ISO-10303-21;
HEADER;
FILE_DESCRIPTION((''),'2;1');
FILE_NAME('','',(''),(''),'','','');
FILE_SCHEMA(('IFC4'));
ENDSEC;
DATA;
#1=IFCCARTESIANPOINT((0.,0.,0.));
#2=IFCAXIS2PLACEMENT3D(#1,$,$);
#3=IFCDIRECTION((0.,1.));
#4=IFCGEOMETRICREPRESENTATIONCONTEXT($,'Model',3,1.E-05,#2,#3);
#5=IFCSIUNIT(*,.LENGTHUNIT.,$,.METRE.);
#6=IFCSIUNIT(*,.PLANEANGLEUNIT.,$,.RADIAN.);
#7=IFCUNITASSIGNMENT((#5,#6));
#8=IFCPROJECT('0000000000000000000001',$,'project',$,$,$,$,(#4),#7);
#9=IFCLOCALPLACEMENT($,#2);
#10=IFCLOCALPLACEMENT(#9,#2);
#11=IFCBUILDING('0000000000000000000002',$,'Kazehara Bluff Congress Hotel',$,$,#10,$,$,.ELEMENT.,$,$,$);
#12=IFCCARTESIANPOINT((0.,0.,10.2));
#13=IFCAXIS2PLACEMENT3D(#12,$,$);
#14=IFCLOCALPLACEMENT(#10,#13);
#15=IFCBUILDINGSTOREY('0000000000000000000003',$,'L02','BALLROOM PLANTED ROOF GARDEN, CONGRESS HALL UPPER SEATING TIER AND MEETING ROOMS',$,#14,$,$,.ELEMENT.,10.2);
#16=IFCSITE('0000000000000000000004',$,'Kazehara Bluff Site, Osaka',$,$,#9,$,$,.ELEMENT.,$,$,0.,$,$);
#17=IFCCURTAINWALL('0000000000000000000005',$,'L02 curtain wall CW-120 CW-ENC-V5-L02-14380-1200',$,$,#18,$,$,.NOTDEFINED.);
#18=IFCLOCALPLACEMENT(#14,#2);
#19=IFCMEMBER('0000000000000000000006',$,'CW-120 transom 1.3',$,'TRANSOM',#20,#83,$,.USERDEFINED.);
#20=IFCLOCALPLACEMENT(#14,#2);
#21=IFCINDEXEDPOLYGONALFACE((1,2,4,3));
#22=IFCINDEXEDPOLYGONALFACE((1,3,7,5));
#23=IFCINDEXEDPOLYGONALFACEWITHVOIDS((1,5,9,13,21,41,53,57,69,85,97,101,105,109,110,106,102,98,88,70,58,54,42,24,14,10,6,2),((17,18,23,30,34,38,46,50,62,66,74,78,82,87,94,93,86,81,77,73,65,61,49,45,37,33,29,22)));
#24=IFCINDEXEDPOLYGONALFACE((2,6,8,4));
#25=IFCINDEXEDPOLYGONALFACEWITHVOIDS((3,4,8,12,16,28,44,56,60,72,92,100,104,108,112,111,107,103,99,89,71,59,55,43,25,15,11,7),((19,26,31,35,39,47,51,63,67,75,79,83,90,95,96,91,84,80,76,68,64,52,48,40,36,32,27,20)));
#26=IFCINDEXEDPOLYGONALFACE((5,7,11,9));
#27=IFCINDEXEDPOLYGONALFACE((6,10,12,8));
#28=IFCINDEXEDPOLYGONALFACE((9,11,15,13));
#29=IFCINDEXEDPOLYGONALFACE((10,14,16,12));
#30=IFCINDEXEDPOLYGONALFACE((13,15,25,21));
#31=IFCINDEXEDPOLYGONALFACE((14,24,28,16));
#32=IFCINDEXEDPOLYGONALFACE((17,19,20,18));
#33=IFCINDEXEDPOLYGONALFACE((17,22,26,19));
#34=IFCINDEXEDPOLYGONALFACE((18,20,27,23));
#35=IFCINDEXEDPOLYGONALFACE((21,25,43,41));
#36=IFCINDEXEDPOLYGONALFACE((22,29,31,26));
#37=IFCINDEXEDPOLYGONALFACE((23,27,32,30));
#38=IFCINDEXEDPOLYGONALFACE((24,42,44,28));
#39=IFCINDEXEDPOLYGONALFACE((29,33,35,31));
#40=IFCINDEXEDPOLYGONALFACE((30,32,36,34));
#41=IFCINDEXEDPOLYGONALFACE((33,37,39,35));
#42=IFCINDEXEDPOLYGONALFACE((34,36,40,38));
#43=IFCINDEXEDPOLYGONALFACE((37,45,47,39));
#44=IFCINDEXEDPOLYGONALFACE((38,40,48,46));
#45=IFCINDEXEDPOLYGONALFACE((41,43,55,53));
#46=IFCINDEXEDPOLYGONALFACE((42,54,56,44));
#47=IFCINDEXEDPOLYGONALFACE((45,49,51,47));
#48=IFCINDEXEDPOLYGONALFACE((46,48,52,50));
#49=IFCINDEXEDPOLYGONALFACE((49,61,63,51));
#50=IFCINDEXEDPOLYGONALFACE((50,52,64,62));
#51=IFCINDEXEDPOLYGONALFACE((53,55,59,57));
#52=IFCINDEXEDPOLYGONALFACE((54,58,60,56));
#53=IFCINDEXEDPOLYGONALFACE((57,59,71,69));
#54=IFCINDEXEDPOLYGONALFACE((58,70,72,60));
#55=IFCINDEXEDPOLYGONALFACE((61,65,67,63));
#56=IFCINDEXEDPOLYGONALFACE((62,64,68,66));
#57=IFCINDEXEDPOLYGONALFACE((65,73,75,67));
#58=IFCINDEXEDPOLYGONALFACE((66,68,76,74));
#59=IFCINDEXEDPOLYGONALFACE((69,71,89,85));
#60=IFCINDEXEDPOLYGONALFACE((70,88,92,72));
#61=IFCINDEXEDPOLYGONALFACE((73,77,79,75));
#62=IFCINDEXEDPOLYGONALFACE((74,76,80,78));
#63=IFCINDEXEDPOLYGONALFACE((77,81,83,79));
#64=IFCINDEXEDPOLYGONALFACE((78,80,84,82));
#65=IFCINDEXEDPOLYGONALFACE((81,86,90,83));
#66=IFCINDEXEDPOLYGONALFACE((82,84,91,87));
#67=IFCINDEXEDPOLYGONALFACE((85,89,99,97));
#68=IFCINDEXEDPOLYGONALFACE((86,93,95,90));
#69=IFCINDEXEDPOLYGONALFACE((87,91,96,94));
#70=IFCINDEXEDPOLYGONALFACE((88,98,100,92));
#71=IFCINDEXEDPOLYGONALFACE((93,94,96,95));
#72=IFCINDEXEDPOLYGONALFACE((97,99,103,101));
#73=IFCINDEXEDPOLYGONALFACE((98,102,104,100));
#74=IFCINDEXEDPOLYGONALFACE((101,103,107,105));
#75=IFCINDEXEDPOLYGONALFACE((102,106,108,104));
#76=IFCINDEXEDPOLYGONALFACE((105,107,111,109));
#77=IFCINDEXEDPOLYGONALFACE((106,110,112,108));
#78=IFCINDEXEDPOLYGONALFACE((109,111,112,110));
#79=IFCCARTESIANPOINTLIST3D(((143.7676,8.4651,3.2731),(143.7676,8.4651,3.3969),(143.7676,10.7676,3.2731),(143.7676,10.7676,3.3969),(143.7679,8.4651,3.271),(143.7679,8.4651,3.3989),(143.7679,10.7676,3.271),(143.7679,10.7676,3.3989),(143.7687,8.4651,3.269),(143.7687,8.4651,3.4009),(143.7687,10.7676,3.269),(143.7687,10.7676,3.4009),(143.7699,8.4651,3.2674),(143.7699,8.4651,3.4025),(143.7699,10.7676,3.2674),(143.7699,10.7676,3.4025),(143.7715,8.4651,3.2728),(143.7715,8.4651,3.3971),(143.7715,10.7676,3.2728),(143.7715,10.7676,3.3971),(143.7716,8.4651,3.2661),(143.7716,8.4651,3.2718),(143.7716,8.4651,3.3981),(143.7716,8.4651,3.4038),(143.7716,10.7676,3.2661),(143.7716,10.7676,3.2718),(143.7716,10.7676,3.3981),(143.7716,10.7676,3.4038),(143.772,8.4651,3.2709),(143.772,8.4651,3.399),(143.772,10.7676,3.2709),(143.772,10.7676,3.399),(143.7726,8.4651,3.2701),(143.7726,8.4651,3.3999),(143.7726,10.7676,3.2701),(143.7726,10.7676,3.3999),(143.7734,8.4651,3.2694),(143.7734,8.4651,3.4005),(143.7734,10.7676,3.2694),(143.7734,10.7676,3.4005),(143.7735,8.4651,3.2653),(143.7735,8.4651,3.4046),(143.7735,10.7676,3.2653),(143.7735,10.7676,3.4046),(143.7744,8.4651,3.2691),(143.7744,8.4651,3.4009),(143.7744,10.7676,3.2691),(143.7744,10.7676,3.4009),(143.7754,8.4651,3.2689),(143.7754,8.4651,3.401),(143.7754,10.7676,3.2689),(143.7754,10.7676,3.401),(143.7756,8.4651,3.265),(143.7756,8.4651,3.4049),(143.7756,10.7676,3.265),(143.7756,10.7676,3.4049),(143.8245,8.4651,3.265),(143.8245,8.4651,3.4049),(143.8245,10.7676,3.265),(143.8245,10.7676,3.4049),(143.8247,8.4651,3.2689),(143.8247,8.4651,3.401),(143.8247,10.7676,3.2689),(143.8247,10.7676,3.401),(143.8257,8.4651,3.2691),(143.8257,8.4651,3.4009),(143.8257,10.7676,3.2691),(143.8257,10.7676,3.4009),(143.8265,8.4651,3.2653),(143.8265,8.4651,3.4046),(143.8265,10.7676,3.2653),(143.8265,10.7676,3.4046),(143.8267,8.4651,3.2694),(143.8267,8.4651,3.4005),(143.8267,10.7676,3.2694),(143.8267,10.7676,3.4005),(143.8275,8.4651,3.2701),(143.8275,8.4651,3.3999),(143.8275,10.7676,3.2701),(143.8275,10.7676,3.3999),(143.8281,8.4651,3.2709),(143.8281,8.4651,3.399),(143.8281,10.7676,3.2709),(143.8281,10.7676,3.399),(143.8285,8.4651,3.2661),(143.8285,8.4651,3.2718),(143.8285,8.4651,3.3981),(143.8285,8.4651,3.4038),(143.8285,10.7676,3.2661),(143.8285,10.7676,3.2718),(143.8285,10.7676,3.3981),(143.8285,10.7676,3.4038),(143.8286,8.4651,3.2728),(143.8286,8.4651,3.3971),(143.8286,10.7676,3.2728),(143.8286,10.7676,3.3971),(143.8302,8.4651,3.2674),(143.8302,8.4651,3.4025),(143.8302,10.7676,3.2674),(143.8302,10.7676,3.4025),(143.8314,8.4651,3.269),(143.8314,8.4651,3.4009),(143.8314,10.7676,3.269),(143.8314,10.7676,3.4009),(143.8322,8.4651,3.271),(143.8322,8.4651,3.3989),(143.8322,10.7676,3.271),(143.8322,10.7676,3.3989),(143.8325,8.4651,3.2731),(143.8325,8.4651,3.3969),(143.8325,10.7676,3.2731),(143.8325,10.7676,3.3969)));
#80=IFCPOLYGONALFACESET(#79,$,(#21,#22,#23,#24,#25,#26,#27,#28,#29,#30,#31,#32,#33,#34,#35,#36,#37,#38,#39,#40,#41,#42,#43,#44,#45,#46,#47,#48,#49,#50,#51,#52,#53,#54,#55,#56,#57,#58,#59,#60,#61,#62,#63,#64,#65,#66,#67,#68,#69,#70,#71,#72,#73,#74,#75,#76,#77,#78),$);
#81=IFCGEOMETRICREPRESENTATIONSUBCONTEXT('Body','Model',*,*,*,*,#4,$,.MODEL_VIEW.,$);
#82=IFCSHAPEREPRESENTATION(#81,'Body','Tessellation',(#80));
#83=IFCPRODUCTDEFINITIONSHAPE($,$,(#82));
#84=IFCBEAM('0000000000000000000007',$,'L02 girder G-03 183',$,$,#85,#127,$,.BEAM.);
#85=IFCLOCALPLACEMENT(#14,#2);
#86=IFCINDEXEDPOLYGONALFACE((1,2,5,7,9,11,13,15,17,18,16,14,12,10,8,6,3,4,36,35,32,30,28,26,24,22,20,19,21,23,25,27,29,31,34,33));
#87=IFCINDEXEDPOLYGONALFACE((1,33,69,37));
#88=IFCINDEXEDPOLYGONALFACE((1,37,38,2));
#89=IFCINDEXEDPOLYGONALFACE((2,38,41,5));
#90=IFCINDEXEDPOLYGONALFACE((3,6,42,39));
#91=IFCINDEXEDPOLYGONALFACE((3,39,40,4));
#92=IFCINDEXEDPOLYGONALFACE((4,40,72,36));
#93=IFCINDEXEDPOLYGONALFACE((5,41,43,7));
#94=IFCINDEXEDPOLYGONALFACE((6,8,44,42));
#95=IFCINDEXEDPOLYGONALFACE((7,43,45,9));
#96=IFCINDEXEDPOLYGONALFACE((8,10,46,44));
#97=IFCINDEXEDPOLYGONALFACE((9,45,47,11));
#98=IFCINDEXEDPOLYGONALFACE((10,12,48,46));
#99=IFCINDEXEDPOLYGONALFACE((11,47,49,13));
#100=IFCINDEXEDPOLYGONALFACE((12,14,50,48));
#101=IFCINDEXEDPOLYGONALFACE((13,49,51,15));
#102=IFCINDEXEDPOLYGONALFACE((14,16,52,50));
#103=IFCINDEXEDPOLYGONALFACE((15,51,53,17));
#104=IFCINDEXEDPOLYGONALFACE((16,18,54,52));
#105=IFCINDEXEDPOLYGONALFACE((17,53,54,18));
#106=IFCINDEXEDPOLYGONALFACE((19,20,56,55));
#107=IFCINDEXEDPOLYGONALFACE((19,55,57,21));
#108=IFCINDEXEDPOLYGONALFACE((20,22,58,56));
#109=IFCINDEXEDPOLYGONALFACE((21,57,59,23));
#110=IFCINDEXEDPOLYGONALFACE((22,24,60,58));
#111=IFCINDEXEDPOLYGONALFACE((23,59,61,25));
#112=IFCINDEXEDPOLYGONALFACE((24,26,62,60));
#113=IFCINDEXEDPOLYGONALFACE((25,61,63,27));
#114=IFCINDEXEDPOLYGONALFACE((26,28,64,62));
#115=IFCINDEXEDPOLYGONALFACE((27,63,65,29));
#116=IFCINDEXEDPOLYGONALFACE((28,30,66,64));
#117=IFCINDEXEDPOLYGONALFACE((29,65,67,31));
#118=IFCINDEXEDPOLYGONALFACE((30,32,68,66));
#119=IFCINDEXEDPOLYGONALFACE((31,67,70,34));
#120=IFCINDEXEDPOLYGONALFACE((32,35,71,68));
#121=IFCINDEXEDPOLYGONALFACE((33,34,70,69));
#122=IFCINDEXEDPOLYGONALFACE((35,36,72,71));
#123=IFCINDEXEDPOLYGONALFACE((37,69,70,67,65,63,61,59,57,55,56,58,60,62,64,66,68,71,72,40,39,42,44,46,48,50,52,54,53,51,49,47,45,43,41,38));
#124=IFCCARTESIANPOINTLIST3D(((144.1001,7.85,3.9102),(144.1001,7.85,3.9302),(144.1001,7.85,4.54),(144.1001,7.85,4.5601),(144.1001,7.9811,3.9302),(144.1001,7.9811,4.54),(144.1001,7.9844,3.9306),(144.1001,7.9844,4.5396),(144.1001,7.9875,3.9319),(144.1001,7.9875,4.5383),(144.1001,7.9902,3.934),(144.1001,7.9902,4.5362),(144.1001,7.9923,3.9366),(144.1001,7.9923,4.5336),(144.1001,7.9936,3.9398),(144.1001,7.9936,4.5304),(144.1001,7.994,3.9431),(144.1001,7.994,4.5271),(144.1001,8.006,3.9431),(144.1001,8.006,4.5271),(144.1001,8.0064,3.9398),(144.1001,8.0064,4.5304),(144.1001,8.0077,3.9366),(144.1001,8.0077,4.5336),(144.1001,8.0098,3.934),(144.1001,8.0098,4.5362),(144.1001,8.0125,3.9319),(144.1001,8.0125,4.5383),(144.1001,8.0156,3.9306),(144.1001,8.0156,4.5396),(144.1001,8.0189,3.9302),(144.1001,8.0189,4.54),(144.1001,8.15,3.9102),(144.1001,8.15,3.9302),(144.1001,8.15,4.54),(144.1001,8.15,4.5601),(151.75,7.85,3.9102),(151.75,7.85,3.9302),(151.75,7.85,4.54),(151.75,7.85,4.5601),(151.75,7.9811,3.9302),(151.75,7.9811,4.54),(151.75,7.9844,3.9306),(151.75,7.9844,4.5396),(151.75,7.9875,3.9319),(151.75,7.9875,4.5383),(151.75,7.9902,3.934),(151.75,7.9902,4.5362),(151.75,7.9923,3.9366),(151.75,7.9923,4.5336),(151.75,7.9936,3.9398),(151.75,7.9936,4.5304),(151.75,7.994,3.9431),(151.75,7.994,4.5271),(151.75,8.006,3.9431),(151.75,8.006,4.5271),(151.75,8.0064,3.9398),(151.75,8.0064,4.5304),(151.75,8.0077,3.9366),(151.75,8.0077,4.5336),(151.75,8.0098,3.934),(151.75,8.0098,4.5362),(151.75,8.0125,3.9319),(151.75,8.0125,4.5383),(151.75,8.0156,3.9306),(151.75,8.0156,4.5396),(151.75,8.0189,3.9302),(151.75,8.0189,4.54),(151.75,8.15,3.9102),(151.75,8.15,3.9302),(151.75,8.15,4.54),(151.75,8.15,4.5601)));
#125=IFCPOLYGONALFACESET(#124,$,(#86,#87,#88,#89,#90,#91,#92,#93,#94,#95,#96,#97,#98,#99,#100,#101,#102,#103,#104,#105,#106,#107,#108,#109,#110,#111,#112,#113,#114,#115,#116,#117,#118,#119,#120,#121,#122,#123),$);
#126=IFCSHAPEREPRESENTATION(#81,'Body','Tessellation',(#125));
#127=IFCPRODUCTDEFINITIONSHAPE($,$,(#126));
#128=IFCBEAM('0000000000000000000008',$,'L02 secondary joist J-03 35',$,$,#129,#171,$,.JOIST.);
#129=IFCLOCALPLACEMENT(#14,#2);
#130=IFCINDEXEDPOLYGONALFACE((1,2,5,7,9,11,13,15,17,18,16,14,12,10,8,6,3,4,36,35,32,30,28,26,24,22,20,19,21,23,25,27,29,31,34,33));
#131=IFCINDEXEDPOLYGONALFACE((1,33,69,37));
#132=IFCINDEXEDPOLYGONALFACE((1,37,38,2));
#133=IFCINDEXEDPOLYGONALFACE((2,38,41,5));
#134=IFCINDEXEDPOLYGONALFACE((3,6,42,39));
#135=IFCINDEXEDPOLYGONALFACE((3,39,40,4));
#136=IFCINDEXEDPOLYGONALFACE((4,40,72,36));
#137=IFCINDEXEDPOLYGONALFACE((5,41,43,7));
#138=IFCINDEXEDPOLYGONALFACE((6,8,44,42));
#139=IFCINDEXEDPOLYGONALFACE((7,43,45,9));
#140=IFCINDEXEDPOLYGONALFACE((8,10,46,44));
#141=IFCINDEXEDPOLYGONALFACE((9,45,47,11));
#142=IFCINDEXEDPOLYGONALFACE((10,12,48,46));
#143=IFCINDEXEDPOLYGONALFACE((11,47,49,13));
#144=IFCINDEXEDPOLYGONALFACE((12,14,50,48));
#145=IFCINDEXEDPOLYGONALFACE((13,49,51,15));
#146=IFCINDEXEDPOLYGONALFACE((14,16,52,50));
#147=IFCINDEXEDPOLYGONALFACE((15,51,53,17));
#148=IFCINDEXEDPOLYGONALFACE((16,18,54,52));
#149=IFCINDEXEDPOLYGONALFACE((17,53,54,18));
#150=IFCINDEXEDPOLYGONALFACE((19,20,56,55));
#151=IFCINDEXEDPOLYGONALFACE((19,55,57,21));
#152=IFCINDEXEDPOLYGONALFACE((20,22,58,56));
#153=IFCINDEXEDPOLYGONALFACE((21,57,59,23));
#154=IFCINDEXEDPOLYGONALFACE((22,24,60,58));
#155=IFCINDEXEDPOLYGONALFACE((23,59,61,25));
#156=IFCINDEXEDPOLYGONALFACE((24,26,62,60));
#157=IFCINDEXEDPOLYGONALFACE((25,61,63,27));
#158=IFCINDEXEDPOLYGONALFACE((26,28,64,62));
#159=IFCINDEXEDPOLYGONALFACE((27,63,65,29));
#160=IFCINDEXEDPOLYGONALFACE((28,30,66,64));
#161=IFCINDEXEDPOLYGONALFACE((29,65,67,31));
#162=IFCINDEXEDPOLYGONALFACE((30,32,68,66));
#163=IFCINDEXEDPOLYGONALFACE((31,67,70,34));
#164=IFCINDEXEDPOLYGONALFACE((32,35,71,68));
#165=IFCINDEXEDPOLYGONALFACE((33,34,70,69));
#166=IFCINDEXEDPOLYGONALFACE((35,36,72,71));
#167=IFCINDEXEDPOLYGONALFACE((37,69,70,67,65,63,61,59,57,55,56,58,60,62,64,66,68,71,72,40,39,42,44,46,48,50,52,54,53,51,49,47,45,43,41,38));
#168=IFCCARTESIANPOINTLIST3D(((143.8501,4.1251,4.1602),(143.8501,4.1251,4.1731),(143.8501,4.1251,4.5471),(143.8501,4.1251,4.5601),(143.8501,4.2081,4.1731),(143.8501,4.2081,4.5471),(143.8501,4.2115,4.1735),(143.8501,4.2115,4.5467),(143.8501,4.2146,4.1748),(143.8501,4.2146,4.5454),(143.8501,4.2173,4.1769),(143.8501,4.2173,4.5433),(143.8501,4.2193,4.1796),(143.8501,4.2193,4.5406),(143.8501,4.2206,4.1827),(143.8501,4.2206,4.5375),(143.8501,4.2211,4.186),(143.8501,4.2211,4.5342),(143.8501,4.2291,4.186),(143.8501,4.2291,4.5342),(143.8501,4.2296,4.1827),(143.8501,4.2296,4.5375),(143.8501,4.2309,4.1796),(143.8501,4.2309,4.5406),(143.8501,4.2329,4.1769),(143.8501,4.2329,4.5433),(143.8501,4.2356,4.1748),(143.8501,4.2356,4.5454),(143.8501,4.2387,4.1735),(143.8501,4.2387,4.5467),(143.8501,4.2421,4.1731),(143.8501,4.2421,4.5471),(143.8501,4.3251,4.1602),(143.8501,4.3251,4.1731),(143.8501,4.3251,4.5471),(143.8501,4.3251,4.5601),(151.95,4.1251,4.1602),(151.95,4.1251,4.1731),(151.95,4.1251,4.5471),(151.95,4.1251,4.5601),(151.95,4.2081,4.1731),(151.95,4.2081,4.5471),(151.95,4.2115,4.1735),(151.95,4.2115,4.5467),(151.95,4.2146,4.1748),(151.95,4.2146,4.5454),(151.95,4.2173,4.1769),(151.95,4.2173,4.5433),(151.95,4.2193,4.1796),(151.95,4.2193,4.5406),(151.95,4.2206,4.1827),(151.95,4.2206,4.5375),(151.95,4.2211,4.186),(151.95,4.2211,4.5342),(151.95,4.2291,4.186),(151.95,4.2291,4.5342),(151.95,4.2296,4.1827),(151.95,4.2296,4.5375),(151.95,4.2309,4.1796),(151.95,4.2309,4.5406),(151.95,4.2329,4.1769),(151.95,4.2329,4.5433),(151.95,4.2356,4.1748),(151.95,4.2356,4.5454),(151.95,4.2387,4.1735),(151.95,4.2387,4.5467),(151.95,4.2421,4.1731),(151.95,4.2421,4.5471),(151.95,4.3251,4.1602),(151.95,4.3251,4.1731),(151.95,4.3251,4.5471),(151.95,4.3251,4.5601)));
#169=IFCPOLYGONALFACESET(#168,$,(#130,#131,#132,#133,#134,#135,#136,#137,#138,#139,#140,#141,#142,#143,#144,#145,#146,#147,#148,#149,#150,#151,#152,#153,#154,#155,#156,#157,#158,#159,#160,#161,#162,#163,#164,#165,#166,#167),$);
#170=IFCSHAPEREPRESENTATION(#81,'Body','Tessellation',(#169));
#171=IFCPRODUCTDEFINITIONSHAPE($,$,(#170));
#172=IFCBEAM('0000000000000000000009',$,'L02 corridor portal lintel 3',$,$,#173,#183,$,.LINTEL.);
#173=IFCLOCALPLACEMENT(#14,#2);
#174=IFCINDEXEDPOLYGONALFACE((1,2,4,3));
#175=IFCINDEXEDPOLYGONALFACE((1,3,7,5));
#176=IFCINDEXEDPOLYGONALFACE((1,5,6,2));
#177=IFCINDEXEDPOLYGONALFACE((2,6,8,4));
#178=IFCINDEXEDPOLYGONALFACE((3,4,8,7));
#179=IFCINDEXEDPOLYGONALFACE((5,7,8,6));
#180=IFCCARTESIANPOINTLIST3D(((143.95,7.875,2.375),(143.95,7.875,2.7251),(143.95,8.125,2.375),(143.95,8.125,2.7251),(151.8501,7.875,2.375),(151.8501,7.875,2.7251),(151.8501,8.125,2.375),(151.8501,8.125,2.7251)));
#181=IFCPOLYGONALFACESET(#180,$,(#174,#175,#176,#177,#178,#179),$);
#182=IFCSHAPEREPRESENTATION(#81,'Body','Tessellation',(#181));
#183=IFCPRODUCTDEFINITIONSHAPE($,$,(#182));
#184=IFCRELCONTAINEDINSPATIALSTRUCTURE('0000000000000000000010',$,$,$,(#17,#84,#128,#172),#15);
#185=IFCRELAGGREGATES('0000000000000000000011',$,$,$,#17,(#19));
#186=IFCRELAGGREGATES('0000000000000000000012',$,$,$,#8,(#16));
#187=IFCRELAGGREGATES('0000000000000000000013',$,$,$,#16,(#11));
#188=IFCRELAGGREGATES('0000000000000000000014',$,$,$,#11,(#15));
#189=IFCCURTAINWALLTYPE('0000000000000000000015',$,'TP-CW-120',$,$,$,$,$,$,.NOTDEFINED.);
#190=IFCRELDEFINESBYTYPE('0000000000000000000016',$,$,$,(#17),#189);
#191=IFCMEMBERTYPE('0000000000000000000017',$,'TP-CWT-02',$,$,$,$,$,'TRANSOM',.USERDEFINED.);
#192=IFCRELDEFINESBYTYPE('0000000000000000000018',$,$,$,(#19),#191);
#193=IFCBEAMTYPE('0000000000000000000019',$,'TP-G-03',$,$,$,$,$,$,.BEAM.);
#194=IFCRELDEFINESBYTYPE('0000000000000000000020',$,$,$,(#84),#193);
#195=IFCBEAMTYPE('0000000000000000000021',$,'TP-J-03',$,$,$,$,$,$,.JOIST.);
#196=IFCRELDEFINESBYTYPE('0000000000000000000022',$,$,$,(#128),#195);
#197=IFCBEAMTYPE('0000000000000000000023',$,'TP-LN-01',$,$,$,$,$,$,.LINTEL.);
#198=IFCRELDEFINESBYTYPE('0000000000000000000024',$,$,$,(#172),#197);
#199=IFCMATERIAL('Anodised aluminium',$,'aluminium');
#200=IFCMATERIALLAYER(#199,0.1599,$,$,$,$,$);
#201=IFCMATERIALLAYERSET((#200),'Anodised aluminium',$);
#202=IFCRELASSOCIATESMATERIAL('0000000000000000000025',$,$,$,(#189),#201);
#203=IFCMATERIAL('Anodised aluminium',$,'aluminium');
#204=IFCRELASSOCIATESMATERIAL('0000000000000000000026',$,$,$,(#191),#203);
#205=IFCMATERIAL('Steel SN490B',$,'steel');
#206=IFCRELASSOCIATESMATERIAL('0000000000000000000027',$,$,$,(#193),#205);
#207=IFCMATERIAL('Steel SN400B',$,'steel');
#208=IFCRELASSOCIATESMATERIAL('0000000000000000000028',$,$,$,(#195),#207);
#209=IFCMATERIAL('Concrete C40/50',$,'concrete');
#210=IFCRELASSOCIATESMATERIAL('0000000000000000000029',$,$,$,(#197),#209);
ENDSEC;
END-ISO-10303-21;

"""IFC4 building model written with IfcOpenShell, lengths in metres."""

from ifc_helpers import new_model, si_unit, direction, frame, origin, origin_2d, place, context, subcontext, project, spatial, rectangle, hollow_rectangle, i_section, extrude, material, layer, layer_set, material_profile, profile_set, type_object, element, aggregate, save


model = new_model("IFC4")

# Units and contexts
model_context = context("Model", 3, precision=1e-05, world=origin(), true_north=direction((0.0, 1.0)))
body_context = subcontext(model_context, "Body", "Model", "MODEL_VIEW")
ifc_project = project(units=[si_unit("LENGTHUNIT", "METRE"), si_unit("PLANEANGLEUNIT", "RADIAN")], contexts=[model_context])

# Site, building, storey
site_placement = place(None, origin())
site = spatial("IfcSite", under=ifc_project, at=site_placement, Name="Kazehara Bluff Site, Osaka", CompositionType="ELEMENT", RefElevation=0.0)
building_placement = place(site_placement, origin())
building = spatial("IfcBuilding", under=site, at=building_placement, Name="Kazehara Bluff Congress Hotel", CompositionType="ELEMENT")
storey_placement = place(building_placement, frame((0.0, 0.0, 10.2)))
storey = spatial("IfcBuildingStorey", under=building, at=storey_placement, Name="L02", Description="BALLROOM PLANTED ROOF GARDEN, CONGRESS HALL UPPER SEATING TIER AND MEETING ROOMS", CompositionType="ELEMENT", Elevation=10.2)

# Curtain wall
ifc_material_1 = material(Name="Anodised aluminium", Category="aluminium")
ifc_layer_1 = layer(ifc_material_1, 0.1599)
ifc_layer_set_1 = layer_set([ifc_layer_1], Name="Anodised aluminium")
curtain_wall_type_1 = type_object("IfcCurtainWallType", Name="TP-CW-120", PredefinedType="NOTDEFINED", material=ifc_layer_set_1)
curtain_wall_1_placement = place(storey_placement, origin())
curtain_wall_1 = element("IfcCurtainWall", 1, at=curtain_wall_1_placement, inside=storey, type_object=curtain_wall_type_1, Name="L02 curtain wall CW-120 CW-ENC-V5-L02-14380-1200", PredefinedType="NOTDEFINED")

# Member
ifc_material_2 = material(Name="Anodised aluminium", Category="aluminium")
ifc_material_profile_1 = material_profile(ifc_material_2, hollow_rectangle(XDim=0.0649, YDim=0.1399, WallThickness=0.0039, InnerFilletRadius=0.0039, OuterFilletRadius=0.0081, at=origin_2d()))
ifc_profile_set_1 = profile_set([ifc_material_profile_1], Name="Anodised aluminium")
member_type_1 = type_object("IfcMemberType", Name="TP-CWT-02", ElementType="TRANSOM", PredefinedType="USERDEFINED", material=ifc_profile_set_1)
member_1_placement = place(storey_placement, frame((143.8, 8.4651, 3.335), z_axis=(0.0, 1.0, 0.0), x_axis=(-1.0, 0.0, 0.0)))
member_1 = element("IfcMember", 2, at=member_1_placement, type_object=member_type_1, Name="CW-120 transom 1.3", ObjectType="TRANSOM", PredefinedType="USERDEFINED", context=body_context, shape_type="SweptSolid", body=[
    extrude(hollow_rectangle(XDim=0.0649, YDim=0.1399, WallThickness=0.0039, InnerFilletRadius=0.0039, OuterFilletRadius=0.0081, at=origin_2d()), origin(), (0.0, 0.0, 1.0), 2.3025),
])
aggregate(curtain_wall_1, [member_1])

# Beams
ifc_material_3 = material(Name="Steel SN490B", Category="steel")
ifc_material_profile_2 = material_profile(ifc_material_3, i_section(OverallWidth=0.3, OverallDepth=0.6499, WebThickness=0.012, FlangeThickness=0.02, FilletRadius=0.0129, at=origin_2d()))
ifc_profile_set_2 = profile_set([ifc_material_profile_2], Name="Steel SN490B")
beam_type_1 = type_object("IfcBeamType", Name="TP-G-03", PredefinedType="BEAM", material=ifc_profile_set_2)
beam_1_placement = place(storey_placement, frame((144.1001, 8.0, 4.2351), z_axis=(1.0, 0.0, 0.0), x_axis=(0.0, 1.0, 0.0)))
element("IfcBeam", 3, at=beam_1_placement, inside=storey, type_object=beam_type_1, Name="L02 girder G-03 183", PredefinedType="BEAM", context=body_context, shape_type="SweptSolid", body=[
    extrude(i_section(OverallWidth=0.3, OverallDepth=0.6499, WebThickness=0.012, FlangeThickness=0.02, FilletRadius=0.0129, at=origin_2d()), origin(), (0.0, 0.0, 1.0), 7.6499),
])
ifc_material_4 = material(Name="Steel SN400B", Category="steel")
ifc_material_profile_3 = material_profile(ifc_material_4, i_section(OverallWidth=0.2, OverallDepth=0.3999, WebThickness=0.0081, FlangeThickness=0.0129, FilletRadius=0.0129, at=origin_2d()))
ifc_profile_set_3 = profile_set([ifc_material_profile_3], Name="Steel SN400B")
beam_type_2 = type_object("IfcBeamType", Name="TP-J-03", PredefinedType="JOIST", material=ifc_profile_set_3)
beam_2_placement = place(storey_placement, frame((143.8501, 4.2251, 4.3601), z_axis=(1.0, 0.0, 0.0), x_axis=(0.0, 1.0, 0.0)))
element("IfcBeam", 4, at=beam_2_placement, inside=storey, type_object=beam_type_2, Name="L02 secondary joist J-03 35", PredefinedType="JOIST", context=body_context, shape_type="SweptSolid", body=[
    extrude(i_section(OverallWidth=0.2, OverallDepth=0.3999, WebThickness=0.0081, FlangeThickness=0.0129, FilletRadius=0.0129, at=origin_2d()), origin(), (0.0, 0.0, 1.0), 8.0999),
])
ifc_material_5 = material(Name="Concrete C40/50", Category="concrete")
ifc_material_profile_4 = material_profile(ifc_material_5, rectangle(XDim=0.25, YDim=0.3501, at=origin_2d()))
ifc_profile_set_4 = profile_set([ifc_material_profile_4], Name="Concrete C40/50")
beam_type_3 = type_object("IfcBeamType", Name="TP-LN-01", PredefinedType="LINTEL", material=ifc_profile_set_4)
beam_3_placement = place(storey_placement, frame((143.95, 8.0, 2.55), z_axis=(1.0, 0.0, 0.0), x_axis=(0.0, 1.0, 0.0)))
element("IfcBeam", 5, at=beam_3_placement, inside=storey, type_object=beam_type_3, Name="L02 corridor portal lintel 3", PredefinedType="LINTEL", context=body_context, shape_type="SweptSolid", body=[
    extrude(rectangle(XDim=0.25, YDim=0.3501, at=origin_2d()), origin(), (0.0, 0.0, 1.0), 7.9001),
])

save(model, "model.ifc")
